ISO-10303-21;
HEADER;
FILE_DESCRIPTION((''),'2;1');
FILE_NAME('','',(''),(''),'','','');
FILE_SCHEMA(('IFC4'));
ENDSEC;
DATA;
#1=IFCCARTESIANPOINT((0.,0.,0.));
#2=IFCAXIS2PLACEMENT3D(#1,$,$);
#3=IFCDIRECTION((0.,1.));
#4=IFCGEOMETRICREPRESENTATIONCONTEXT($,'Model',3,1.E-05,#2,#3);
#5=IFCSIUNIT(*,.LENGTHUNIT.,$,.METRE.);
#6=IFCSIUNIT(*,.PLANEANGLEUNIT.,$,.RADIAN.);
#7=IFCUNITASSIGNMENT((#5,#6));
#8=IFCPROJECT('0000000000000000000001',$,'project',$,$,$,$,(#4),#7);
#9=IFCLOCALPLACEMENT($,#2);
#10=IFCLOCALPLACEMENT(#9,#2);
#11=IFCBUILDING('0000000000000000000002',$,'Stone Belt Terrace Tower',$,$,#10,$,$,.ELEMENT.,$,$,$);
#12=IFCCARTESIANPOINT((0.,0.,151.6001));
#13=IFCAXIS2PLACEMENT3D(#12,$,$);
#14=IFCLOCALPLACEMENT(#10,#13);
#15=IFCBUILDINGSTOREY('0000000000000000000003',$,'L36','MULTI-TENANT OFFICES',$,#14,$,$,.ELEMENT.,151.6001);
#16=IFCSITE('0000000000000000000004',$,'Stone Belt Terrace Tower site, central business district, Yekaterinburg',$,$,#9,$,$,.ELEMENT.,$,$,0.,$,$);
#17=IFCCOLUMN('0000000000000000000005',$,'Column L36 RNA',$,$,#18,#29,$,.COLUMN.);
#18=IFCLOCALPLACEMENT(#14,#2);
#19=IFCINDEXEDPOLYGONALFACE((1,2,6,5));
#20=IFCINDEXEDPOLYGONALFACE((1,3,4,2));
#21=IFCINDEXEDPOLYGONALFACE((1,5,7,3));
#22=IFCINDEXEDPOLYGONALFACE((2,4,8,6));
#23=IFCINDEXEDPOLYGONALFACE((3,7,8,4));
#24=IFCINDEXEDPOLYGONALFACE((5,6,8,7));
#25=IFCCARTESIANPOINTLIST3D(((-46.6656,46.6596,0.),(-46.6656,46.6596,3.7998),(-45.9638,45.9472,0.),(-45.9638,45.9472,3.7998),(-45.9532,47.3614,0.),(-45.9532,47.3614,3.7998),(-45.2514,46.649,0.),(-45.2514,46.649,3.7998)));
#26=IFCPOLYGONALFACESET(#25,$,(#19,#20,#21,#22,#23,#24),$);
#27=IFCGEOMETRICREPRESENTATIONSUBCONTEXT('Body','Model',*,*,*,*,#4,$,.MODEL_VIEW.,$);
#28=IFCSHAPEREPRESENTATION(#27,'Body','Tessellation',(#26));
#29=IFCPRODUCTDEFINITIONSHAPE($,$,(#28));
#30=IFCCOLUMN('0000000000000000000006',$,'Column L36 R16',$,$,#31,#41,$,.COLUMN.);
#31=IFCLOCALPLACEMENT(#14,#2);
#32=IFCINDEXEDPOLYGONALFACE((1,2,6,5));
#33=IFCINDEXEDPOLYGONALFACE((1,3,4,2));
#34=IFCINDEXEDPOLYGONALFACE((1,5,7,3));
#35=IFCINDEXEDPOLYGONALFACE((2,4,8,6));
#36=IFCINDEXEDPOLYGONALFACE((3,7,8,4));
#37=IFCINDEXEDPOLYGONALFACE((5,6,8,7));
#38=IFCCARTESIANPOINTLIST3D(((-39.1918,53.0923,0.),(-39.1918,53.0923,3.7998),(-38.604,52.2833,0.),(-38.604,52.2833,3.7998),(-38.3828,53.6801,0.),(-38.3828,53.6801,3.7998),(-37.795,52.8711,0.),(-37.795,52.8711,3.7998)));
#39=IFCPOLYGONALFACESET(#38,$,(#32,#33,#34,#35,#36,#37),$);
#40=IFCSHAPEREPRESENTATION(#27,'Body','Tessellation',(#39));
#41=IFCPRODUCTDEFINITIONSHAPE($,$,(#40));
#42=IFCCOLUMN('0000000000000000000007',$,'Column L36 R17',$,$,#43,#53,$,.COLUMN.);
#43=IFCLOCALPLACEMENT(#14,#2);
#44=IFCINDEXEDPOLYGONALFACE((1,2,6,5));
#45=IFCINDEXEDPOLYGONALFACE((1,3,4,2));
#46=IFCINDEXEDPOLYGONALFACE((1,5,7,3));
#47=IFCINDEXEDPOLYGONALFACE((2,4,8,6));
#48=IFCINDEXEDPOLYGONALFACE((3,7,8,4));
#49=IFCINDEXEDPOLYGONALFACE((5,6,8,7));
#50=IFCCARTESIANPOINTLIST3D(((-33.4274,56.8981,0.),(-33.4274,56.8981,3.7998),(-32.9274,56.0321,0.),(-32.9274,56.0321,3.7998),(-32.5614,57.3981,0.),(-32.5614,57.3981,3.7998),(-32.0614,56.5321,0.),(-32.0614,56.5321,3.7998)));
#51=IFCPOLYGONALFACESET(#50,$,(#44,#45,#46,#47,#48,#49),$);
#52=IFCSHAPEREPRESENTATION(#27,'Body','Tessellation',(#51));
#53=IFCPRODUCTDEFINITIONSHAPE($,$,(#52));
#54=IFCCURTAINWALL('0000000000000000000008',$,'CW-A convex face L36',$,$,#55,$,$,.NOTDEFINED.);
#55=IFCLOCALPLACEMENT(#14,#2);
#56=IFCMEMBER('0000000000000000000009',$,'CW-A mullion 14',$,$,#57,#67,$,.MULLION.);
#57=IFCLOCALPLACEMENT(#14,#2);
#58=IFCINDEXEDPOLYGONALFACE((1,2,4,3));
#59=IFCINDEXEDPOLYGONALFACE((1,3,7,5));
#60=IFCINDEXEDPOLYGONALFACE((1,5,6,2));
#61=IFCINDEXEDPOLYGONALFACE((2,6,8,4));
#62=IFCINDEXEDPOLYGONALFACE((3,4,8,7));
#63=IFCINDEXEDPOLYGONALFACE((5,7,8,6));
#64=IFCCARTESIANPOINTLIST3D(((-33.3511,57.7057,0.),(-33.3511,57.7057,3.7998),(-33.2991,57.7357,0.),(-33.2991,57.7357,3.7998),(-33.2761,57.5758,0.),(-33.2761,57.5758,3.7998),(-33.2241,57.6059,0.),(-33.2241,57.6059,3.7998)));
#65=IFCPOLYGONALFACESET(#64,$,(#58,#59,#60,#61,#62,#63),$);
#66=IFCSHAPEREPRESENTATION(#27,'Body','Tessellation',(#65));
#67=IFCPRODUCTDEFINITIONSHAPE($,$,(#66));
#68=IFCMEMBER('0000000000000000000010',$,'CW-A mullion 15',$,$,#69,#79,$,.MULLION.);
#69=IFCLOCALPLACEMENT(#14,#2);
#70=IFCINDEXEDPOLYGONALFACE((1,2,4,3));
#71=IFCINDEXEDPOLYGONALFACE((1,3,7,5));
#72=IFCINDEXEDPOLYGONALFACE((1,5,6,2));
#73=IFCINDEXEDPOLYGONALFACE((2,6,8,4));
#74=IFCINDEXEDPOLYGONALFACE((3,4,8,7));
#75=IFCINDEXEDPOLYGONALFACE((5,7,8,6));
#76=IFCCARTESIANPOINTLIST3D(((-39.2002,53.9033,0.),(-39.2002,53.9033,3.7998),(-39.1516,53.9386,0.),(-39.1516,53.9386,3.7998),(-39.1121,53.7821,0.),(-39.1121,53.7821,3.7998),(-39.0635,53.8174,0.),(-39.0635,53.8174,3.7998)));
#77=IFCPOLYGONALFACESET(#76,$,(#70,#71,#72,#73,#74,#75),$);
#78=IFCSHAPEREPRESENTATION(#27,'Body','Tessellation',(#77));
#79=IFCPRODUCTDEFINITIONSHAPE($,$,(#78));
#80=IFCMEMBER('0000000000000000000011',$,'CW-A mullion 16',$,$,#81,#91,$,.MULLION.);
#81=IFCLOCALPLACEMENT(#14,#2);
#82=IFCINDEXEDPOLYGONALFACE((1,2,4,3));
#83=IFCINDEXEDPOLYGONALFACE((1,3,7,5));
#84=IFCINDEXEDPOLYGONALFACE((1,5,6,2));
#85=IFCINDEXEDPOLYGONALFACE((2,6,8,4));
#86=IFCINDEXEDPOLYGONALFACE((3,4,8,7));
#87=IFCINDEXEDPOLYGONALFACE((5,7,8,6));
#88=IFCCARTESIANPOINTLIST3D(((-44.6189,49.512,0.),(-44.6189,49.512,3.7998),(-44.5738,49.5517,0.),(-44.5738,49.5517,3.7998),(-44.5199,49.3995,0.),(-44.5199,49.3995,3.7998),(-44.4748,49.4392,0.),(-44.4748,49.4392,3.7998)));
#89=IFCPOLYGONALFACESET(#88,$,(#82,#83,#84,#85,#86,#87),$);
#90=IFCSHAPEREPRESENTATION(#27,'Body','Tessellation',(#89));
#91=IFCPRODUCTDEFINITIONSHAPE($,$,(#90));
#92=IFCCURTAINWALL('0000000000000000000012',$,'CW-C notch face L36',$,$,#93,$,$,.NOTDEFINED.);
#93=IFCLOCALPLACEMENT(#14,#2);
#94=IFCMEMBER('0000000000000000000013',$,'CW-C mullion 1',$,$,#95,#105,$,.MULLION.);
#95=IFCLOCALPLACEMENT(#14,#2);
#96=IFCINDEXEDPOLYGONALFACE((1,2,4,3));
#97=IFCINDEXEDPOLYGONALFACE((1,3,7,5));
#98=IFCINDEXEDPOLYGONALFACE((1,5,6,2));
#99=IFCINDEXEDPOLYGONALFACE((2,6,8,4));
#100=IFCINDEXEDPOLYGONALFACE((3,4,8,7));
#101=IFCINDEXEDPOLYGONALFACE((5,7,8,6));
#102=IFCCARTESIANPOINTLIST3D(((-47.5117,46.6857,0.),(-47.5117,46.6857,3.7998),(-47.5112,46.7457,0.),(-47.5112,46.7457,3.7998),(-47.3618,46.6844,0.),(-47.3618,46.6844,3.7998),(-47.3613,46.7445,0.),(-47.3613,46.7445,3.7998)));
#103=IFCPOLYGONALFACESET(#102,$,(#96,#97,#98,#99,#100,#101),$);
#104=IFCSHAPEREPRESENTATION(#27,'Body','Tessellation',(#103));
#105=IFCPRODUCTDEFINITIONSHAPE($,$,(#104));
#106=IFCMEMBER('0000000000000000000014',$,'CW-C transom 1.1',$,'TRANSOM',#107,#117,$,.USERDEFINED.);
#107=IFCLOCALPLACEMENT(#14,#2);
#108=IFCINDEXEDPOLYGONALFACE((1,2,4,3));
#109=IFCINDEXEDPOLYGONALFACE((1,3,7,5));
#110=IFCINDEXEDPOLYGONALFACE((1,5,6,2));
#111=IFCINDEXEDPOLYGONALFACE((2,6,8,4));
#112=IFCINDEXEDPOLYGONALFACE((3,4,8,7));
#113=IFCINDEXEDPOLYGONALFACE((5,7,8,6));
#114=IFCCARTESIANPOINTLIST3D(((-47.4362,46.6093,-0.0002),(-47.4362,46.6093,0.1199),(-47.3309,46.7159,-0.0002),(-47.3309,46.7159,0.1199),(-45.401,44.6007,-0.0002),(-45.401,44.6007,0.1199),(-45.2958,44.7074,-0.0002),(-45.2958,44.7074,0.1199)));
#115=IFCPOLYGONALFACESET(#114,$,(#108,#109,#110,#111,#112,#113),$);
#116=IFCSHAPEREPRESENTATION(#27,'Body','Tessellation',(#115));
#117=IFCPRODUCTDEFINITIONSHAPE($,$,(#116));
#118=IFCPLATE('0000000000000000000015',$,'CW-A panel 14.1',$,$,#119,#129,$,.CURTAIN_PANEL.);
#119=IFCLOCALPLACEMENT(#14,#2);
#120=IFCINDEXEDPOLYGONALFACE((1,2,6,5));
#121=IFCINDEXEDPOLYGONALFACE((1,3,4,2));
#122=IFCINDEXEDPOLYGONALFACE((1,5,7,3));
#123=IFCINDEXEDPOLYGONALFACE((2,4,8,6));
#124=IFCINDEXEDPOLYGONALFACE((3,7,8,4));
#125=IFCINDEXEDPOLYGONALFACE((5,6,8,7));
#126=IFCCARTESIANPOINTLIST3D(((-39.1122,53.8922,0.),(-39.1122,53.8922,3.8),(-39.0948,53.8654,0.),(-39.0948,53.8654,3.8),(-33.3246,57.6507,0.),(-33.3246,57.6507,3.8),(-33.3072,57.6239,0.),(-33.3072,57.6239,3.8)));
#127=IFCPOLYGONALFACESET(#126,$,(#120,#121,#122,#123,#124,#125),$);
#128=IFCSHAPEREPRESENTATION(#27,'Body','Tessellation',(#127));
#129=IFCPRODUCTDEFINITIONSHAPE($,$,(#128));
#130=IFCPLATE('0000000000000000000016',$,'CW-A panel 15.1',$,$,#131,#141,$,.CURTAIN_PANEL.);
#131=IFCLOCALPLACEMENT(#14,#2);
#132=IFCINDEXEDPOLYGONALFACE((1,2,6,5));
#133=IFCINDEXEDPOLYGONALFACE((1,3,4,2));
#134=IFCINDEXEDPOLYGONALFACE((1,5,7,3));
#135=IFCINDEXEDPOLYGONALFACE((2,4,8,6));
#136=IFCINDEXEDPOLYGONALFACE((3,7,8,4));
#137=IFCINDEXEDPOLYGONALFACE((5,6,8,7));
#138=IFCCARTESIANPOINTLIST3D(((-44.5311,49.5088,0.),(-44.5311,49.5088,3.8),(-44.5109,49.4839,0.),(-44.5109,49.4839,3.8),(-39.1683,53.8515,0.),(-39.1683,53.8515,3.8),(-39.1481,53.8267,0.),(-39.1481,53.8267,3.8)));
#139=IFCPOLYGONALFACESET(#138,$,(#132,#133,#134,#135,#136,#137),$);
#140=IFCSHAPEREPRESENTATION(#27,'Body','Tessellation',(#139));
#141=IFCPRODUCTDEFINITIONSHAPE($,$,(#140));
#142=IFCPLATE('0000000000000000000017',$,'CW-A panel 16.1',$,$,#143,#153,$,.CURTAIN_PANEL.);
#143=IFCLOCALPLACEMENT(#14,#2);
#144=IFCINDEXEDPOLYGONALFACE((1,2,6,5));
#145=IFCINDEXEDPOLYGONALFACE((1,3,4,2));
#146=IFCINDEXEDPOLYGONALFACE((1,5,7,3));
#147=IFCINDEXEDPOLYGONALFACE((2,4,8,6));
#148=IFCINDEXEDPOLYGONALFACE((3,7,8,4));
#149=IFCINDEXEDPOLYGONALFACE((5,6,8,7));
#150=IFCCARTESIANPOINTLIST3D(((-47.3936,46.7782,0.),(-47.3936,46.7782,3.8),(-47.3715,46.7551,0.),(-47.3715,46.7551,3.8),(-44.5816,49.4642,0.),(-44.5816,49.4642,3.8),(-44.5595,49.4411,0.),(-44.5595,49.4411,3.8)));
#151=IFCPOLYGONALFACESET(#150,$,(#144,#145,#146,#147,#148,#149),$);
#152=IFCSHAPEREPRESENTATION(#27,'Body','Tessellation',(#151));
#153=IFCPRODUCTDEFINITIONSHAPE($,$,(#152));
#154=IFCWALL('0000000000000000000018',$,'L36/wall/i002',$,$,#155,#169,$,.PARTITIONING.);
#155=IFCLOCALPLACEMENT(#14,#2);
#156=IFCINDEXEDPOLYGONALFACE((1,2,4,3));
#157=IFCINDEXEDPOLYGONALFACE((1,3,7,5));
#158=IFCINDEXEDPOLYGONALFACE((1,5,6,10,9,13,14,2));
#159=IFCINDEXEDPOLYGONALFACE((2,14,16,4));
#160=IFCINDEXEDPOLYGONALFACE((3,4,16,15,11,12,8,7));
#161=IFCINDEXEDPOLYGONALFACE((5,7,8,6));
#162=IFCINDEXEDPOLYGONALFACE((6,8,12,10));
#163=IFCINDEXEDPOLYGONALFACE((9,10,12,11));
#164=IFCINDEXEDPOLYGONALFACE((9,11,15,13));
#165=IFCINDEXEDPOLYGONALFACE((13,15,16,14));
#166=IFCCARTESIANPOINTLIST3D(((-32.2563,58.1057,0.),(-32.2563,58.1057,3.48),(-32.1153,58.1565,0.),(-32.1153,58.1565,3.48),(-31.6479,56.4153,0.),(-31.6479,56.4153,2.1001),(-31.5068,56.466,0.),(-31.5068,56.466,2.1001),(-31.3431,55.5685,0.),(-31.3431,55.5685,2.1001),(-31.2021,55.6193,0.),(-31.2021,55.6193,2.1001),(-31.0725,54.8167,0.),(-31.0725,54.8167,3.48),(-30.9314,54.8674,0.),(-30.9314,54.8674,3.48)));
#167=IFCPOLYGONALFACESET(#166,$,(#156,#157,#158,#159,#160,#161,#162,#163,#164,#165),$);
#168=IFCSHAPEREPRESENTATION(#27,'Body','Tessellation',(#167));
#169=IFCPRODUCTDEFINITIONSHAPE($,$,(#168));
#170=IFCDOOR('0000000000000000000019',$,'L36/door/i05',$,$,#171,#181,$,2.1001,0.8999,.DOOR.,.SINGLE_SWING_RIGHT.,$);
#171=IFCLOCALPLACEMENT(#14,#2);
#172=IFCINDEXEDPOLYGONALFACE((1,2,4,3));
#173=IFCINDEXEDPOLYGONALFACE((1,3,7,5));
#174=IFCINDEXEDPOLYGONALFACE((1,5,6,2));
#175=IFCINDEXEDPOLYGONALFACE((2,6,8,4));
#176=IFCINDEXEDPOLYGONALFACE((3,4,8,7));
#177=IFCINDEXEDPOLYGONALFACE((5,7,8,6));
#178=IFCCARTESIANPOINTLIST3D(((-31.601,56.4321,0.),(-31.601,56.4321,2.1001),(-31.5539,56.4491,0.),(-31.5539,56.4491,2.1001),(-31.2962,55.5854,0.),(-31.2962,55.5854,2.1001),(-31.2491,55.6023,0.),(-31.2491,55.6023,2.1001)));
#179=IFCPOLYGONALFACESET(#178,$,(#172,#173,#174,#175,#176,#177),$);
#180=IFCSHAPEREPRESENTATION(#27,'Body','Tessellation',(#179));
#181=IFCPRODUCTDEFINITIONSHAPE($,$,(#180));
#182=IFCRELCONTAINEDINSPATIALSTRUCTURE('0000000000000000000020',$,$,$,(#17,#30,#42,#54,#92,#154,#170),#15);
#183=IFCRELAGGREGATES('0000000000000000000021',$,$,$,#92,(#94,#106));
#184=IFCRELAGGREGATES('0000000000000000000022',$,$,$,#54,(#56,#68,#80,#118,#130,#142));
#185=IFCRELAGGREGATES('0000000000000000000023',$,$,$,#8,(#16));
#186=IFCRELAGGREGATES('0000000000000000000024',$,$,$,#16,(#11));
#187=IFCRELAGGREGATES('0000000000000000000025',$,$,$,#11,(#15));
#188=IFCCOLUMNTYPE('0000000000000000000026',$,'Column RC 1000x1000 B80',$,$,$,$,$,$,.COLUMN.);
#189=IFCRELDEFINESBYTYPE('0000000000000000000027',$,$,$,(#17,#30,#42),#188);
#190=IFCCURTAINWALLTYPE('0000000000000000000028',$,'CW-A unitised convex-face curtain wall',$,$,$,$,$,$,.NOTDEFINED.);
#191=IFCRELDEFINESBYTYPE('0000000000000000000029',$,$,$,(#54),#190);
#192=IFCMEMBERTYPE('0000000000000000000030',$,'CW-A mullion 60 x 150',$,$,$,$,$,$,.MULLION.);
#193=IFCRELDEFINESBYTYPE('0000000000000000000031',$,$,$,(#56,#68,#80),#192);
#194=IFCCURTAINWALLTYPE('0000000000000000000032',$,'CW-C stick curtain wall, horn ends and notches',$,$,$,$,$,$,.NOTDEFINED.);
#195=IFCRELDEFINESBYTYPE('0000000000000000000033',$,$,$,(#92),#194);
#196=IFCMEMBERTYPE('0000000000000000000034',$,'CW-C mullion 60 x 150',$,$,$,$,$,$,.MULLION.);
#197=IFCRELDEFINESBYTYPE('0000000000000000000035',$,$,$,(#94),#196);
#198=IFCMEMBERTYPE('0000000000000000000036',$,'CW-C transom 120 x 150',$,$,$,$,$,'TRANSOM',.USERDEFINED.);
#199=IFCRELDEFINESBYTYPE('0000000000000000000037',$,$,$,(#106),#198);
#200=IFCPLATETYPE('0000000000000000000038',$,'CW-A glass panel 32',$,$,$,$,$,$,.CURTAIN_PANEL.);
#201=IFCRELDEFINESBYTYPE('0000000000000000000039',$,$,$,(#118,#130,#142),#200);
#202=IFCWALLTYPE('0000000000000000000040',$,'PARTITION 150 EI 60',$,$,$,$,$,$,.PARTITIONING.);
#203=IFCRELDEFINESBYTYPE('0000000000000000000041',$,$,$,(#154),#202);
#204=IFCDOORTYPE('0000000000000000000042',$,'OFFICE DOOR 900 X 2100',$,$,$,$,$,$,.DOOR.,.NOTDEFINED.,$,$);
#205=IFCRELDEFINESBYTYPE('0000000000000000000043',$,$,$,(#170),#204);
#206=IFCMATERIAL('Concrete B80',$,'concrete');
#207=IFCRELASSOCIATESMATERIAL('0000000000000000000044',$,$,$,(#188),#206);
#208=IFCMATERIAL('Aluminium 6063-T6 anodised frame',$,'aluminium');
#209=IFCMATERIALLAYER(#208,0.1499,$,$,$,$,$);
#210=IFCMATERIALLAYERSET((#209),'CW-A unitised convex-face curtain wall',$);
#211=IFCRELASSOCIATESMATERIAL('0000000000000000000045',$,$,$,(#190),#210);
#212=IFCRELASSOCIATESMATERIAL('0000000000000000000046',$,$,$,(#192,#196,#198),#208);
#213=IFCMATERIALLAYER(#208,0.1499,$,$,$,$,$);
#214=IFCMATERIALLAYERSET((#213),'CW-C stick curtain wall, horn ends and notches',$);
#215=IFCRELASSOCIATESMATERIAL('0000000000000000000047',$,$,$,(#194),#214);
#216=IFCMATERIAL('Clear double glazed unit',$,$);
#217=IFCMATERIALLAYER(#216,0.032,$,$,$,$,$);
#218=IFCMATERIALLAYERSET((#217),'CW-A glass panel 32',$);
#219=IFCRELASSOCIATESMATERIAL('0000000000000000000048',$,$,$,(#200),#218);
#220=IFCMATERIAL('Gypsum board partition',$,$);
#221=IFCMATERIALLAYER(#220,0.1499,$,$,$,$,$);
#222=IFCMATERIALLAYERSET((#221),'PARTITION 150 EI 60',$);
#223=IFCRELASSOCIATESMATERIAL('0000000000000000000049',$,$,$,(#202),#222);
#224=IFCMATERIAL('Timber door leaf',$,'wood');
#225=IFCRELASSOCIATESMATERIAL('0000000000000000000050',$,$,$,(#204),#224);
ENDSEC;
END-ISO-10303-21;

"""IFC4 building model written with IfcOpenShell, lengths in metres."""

from ifc_helpers import new_model, si_unit, direction, frame, frame_2d, origin, origin_2d, place, context, subcontext, project, spatial, rectangle, extrude, material, layer, layer_set, material_profile, profile_set, type_object, element, fill, aggregate, save


model = new_model("IFC4")

# Units and contexts
model_context = context("Model", 3, precision=1e-05, world=origin(), true_north=direction((0.0, 1.0)))
body_context = subcontext(model_context, "Body", "Model", "MODEL_VIEW")
ifc_project = project(units=[si_unit("LENGTHUNIT", "METRE"), si_unit("PLANEANGLEUNIT", "RADIAN")], contexts=[model_context])

# Site, building, storey
site_placement = place(None, origin())
site = spatial("IfcSite", under=ifc_project, at=site_placement, Name="Stone Belt Terrace Tower site, central business district, Yekaterinburg", CompositionType="ELEMENT", RefElevation=0.0)
building_placement = place(site_placement, origin())
building = spatial("IfcBuilding", under=site, at=building_placement, Name="Stone Belt Terrace Tower", CompositionType="ELEMENT")
storey_placement = place(building_placement, frame((0.0, 0.0, 151.6001)))
storey = spatial("IfcBuildingStorey", under=building, at=storey_placement, Name="L36", Description="MULTI-TENANT OFFICES", CompositionType="ELEMENT", Elevation=151.6001)

# Columns
ifc_material_1 = material(Name="Concrete B80", Category="concrete")
ifc_material_profile_1 = material_profile(ifc_material_1, rectangle(XDim=1.0, YDim=1.0, at=origin_2d()), Name="RC 1000x1000")
ifc_profile_set_1 = profile_set([ifc_material_profile_1], Name="Concrete B80")
column_type = type_object("IfcColumnType", Name="Column RC 1000x1000 B80", PredefinedType="COLUMN", material=ifc_profile_set_1)
for number, where, z_axis, x_axis, name in (
    (1, (-45.9585, 46.6543, 0.0), (0.0, 0.0, 1.0), (0.712398, 0.701775, 0.0), "Column L36 RNA"),
    (2, (-38.4934, 52.9817, 0.0), (0.0, 0.0, 1.0), (0.809017, 0.587785, 0.0), "Column L36 R16"),
    (3, (-32.7444, 56.7151, 0.0), (0.0, 0.0, 1.0), (0.866025, 0.5, 0.0), "Column L36 R17"),
):
    element("IfcColumn", number, at=place(storey_placement, frame(where, z_axis=z_axis, x_axis=x_axis)), inside=storey, type_object=column_type, Name=name, PredefinedType="COLUMN", context=body_context, shape_type="SweptSolid", body=[
        extrude(rectangle(XDim=1.0, YDim=1.0, at=origin_2d()), origin(), (0.0, 0.0, 1.0), 3.7998),
    ])

# Curtain walls, members
ifc_material_2 = material(Name="Aluminium 6063-T6 anodised frame", Category="aluminium")
ifc_layer_1 = layer(ifc_material_2, 0.1499)
ifc_layer_set_1 = layer_set([ifc_layer_1], Name="CW-A unitised convex-face curtain wall")
curtain_wall_type_1 = type_object("IfcCurtainWallType", Name="CW-A unitised convex-face curtain wall", PredefinedType="NOTDEFINED", material=ifc_layer_set_1)
curtain_wall_1_placement = place(storey_placement, origin())
curtain_wall_1 = element("IfcCurtainWall", 4, at=curtain_wall_1_placement, inside=storey, type_object=curtain_wall_type_1, Name="CW-A convex face L36", PredefinedType="NOTDEFINED")
ifc_material_profile_2 = material_profile(ifc_material_2, rectangle(XDim=0.1499, YDim=0.0601, at=origin_2d()), Name="Aluminium 6063-T6 60x150")
ifc_profile_set_2 = profile_set([ifc_material_profile_2], Name="Aluminium 6063-T6 anodised frame")
member_type_1 = type_object("IfcMemberType", Name="CW-A mullion 60 x 150", PredefinedType="MULLION", material=ifc_profile_set_2)
member_1_placement = place(storey_placement, frame((-33.2876, 57.6558, 0.0), z_axis=(0.0, 0.0, 1.0), x_axis=(0.5, -0.866025, 0.0)))
member_1 = element("IfcMember", 5, at=member_1_placement, type_object=member_type_1, Name="CW-A mullion 14", PredefinedType="MULLION", context=body_context, shape_type="SweptSolid", body=[
    extrude(rectangle(XDim=0.1499, YDim=0.0601, at=origin_2d()), origin(), (0.0, 0.0, 1.0), 3.7998),
])
member_2_placement = place(storey_placement, frame((-39.1318, 53.8604, 0.0), z_axis=(0.0, 0.0, 1.0), x_axis=(0.587785, -0.809017, 0.0)))
member_2 = element("IfcMember", 6, at=member_2_placement, type_object=member_type_1, Name="CW-A mullion 15", PredefinedType="MULLION", context=body_context, shape_type="SweptSolid", body=[
    extrude(rectangle(XDim=0.1499, YDim=0.0601, at=origin_2d()), origin(), (0.0, 0.0, 1.0), 3.7998),
])
member_3_placement = place(storey_placement, frame((-44.5469, 49.4756, 0.0), z_axis=(0.0, 0.0, 1.0), x_axis=(0.660573, -0.750761, 0.0)))
member_3 = element("IfcMember", 7, at=member_3_placement, type_object=member_type_1, Name="CW-A mullion 16", PredefinedType="MULLION", context=body_context, shape_type="SweptSolid", body=[
    extrude(rectangle(XDim=0.1499, YDim=0.0601, at=origin_2d()), origin(), (0.0, 0.0, 1.0), 3.7998),
])
ifc_layer_2 = layer(ifc_material_2, 0.1499)
ifc_layer_set_2 = layer_set([ifc_layer_2], Name="CW-C stick curtain wall, horn ends and notches")
curtain_wall_type_2 = type_object("IfcCurtainWallType", Name="CW-C stick curtain wall, horn ends and notches", PredefinedType="NOTDEFINED", material=ifc_layer_set_2)
curtain_wall_2_placement = place(storey_placement, origin())
curtain_wall_2 = element("IfcCurtainWall", 8, at=curtain_wall_2_placement, inside=storey, type_object=curtain_wall_type_2, Name="CW-C notch face L36", PredefinedType="NOTDEFINED")
ifc_material_profile_3 = material_profile(ifc_material_2, rectangle(XDim=0.1499, YDim=0.0601, at=origin_2d()), Name="Aluminium 6063-T6 60x150")
ifc_profile_set_3 = profile_set([ifc_material_profile_3], Name="Aluminium 6063-T6 anodised frame")
member_type_2 = type_object("IfcMemberType", Name="CW-C mullion 60 x 150", PredefinedType="MULLION", material=ifc_profile_set_3)
member_4_placement = place(storey_placement, frame((-47.4365, 46.7151, 0.0), z_axis=(0.0, 0.0, 1.0), x_axis=(0.999966, -0.008188, 0.0)))
member_4 = element("IfcMember", 9, at=member_4_placement, type_object=member_type_2, Name="CW-C mullion 1", PredefinedType="MULLION", context=body_context, shape_type="SweptSolid", body=[
    extrude(rectangle(XDim=0.1499, YDim=0.0601, at=origin_2d()), origin(), (0.0, 0.0, 1.0), 3.7998),
])
ifc_material_profile_4 = material_profile(ifc_material_2, rectangle(XDim=0.1499, YDim=0.1201, at=origin_2d()), Name="Aluminium 6063-T6 150x120")
ifc_profile_set_4 = profile_set([ifc_material_profile_4], Name="Aluminium 6063-T6 anodised frame")
member_type_3 = type_object("IfcMemberType", Name="CW-C transom 120 x 150", ElementType="TRANSOM", PredefinedType="USERDEFINED", material=ifc_profile_set_4)
member_5_placement = place(storey_placement, frame((-47.3835, 46.6626, 0.0598), z_axis=(0.711745, -0.702438, 0.0), x_axis=(0.702438, 0.711745, 0.0)))
member_5 = element("IfcMember", 10, at=member_5_placement, type_object=member_type_3, Name="CW-C transom 1.1", ObjectType="TRANSOM", PredefinedType="USERDEFINED", context=body_context, shape_type="SweptSolid", body=[
    extrude(rectangle(XDim=0.1499, YDim=0.1201, at=origin_2d()), origin(), (0.0, 0.0, 1.0), 2.8594),
])
aggregate(curtain_wall_2, [member_4, member_5])

# Plates
ifc_material_3 = material(Name="Clear double glazed unit")
ifc_layer_3 = layer(ifc_material_3, 0.032)
ifc_layer_set_3 = layer_set([ifc_layer_3], Name="CW-A glass panel 32")
plate_type = type_object("IfcPlateType", Name="CW-A glass panel 32", PredefinedType="CURTAIN_PANEL", material=ifc_layer_set_3)
plate_1_placement = place(storey_placement, frame((-36.2097, 55.7581, 0.0), z_axis=(0.0, 0.0, 1.0), x_axis=(-0.838671, -0.544639, 0.0)))
plate_1 = element("IfcPlate", 11, at=plate_1_placement, type_object=plate_type, Name="CW-A panel 14.1", PredefinedType="CURTAIN_PANEL", context=body_context, shape_type="SweptSolid", body=[
    extrude(rectangle(XDim=6.9009, YDim=0.032, at=origin_2d()), origin(), (0.0, 0.0, 1.0), 3.8),
])
plate_2_placement = place(storey_placement, frame((-41.8396, 51.6677, 0.0), z_axis=(0.0, 0.0, 1.0), x_axis=(-0.777146, -0.62932, 0.0)))
plate_2 = element("IfcPlate", 12, at=plate_2_placement, type_object=plate_type, Name="CW-A panel 15.1", PredefinedType="CURTAIN_PANEL", context=body_context, shape_type="SweptSolid", body=[
    extrude(rectangle(XDim=6.9006, YDim=0.032, at=origin_2d()), origin(), (0.0, 0.0, 1.0), 3.8),
])
plate_3_placement = place(storey_placement, frame((-45.9766, 48.1096, 0.0), z_axis=(0.0, 0.0, 1.0), x_axis=(-0.723121, -0.690721, 0.0)))
plate_3 = element("IfcPlate", 13, at=plate_3_placement, type_object=plate_type, Name="CW-A panel 16.1", PredefinedType="CURTAIN_PANEL", context=body_context, shape_type="SweptSolid", body=[
    extrude(rectangle(XDim=3.8887, YDim=0.032, at=origin_2d()), origin(), (0.0, 0.0, 1.0), 3.8),
])
aggregate(curtain_wall_1, [member_1, member_2, member_3, plate_1, plate_2, plate_3])

# Wall, opening, door
ifc_material_4 = material(Name="Gypsum board partition")
ifc_layer_4 = layer(ifc_material_4, 0.1499)
ifc_layer_set_4 = layer_set([ifc_layer_4], Name="PARTITION 150 EI 60")
wall_type = type_object("IfcWallType", Name="PARTITION 150 EI 60", PredefinedType="PARTITIONING", material=ifc_layer_set_4)
wall_1_placement = place(storey_placement, frame((-32.1858, 58.1311, 0.0), z_axis=(0.0, 0.0, 1.0), x_axis=(0.338663, -0.940908, 0.0)))
wall_1 = element("IfcWall", 14, at=wall_1_placement, inside=storey, type_object=wall_type, Name="L36/wall/i002", PredefinedType="PARTITIONING", context=body_context, shape_type="SweptSolid", body=[
    extrude(rectangle(XDim=3.4956, YDim=0.1499, at=frame_2d((1.7478, 0.0))), origin(), (0.0, 0.0, 1.0), 3.48),
])
opening_1_placement = place(wall_1_placement, frame((1.7966, 0.0, 0.0)))
opening_1 = element("IfcOpeningElement", 15, at=opening_1_placement, cuts=wall_1, PredefinedType="OPENING", context=body_context, shape_type="SweptSolid", body=[
    extrude(rectangle(XDim=0.8999, YDim=2.1001, at=frame_2d((0.45, 1.05))), frame((0.0, 0.085, 0.0), z_axis=(0.0, -1.0, 0.0), x_axis=(1.0, 0.0, 0.0)), (0.0, 0.0, 1.0), 0.1699),
])
ifc_material_5 = material(Name="Timber door leaf", Category="wood")
door_type = type_object("IfcDoorType", Name="OFFICE DOOR 900 X 2100", OperationType="NOTDEFINED", PredefinedType="DOOR", material=ifc_material_5)
door_1_placement = place(opening_1_placement, origin())
door_1 = element("IfcDoor", 16, at=door_1_placement, inside=storey, type_object=door_type, Name="L36/door/i05", OperationType="SINGLE_SWING_RIGHT", OverallHeight=2.1001, OverallWidth=0.8999, PredefinedType="DOOR", context=body_context, shape_type="SweptSolid", body=[
    extrude(rectangle(XDim=0.8999, YDim=2.1001, at=frame_2d((0.45, 1.05))), frame((0.0, 0.0249, 0.0), z_axis=(0.0, -1.0, 0.0), x_axis=(1.0, 0.0, 0.0)), (0.0, 0.0, 1.0), 0.05),
])
fill(opening_1, door_1)

save(model, "model.ifc")
